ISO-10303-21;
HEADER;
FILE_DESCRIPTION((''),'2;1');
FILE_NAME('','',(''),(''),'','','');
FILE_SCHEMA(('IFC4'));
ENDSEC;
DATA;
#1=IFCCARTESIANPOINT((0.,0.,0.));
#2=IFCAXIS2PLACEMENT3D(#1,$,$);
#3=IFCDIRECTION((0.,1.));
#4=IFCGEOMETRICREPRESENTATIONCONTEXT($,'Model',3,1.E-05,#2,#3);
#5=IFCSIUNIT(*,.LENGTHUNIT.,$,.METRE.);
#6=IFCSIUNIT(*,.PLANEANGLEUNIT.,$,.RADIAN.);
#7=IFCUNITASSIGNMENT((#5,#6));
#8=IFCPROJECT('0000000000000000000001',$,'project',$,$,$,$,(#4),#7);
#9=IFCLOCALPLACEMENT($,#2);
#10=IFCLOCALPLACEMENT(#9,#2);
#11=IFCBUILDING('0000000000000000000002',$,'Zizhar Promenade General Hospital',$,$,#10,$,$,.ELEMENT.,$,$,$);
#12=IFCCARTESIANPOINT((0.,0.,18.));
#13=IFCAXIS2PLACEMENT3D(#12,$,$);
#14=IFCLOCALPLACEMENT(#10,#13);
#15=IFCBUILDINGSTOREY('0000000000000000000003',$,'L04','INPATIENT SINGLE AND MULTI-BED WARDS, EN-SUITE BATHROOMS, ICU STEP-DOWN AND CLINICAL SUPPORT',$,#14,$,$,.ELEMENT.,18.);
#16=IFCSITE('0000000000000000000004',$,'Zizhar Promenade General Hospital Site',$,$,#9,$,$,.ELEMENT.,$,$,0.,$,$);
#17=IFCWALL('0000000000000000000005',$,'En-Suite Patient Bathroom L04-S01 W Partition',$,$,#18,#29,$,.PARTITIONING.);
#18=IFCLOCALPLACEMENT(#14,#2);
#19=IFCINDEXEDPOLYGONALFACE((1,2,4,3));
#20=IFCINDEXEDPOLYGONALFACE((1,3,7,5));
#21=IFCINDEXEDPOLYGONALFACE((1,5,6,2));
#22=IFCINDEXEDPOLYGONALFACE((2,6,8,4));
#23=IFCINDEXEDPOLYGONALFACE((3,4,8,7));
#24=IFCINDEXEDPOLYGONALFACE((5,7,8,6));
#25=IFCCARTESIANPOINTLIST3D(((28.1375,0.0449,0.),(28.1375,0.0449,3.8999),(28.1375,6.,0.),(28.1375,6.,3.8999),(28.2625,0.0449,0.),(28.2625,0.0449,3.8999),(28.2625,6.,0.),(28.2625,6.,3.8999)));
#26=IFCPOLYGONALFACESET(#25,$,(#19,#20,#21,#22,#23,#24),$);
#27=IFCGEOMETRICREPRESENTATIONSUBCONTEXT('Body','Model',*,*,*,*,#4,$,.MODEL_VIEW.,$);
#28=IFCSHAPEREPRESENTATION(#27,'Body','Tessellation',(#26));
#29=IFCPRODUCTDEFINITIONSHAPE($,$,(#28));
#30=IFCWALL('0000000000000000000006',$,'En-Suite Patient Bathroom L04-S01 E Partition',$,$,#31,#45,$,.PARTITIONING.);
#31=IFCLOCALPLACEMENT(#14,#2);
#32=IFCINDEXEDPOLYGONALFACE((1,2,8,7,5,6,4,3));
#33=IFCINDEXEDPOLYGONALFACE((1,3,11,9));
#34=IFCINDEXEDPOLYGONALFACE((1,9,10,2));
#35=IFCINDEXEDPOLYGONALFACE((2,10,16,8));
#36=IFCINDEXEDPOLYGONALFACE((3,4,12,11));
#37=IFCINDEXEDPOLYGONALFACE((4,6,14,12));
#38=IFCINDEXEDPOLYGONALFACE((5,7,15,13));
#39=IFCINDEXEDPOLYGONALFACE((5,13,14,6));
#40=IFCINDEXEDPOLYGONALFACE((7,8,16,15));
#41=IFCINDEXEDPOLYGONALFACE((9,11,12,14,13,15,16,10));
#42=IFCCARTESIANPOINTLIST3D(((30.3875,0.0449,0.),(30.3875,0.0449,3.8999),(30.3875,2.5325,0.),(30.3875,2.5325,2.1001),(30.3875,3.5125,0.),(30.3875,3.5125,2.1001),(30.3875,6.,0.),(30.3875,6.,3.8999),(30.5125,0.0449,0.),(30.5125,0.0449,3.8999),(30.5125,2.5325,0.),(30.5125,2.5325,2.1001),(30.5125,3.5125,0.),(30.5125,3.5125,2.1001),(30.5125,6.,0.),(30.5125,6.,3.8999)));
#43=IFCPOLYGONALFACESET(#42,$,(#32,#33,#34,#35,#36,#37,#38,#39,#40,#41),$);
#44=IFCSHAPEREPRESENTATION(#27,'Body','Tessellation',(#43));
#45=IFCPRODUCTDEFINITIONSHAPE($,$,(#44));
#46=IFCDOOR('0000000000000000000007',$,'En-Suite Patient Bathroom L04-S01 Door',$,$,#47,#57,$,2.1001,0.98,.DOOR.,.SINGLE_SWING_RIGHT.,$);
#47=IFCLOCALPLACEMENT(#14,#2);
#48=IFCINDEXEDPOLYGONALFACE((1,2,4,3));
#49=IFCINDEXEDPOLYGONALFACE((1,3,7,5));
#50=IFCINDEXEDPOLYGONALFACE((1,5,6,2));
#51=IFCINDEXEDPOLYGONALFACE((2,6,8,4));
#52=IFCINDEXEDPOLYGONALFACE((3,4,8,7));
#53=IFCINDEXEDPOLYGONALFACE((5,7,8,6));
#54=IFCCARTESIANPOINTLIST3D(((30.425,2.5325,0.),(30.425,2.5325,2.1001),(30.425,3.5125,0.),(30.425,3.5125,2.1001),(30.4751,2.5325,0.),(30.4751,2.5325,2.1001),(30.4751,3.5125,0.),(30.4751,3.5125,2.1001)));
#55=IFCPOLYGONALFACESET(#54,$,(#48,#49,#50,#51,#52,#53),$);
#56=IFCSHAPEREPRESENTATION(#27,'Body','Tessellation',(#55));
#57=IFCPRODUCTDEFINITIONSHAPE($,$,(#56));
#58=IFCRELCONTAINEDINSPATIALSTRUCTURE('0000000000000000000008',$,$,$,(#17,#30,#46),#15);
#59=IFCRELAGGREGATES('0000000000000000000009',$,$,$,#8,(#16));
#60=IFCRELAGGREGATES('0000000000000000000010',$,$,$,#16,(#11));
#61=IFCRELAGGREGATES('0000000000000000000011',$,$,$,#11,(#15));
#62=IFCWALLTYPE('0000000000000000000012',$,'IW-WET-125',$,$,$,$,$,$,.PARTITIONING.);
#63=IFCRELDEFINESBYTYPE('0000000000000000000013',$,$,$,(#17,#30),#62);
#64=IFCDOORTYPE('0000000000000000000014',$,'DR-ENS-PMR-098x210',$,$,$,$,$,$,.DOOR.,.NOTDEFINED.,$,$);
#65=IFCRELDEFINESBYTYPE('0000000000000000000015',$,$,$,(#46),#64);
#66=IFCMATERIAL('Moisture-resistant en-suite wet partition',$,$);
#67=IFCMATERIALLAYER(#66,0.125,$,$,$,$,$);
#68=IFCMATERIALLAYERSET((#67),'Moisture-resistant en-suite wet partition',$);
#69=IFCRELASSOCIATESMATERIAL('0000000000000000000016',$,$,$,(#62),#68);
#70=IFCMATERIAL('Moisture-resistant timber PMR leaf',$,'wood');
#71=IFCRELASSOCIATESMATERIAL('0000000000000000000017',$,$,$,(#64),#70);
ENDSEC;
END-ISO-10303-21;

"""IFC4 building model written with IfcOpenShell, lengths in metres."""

from ifc_helpers import new_model, si_unit, direction, frame, frame_2d, origin, place, context, subcontext, project, spatial, rectangle, extrude, material, layer, layer_set, type_object, element, fill, save


model = new_model("IFC4")

# Units and contexts
model_context = context("Model", 3, precision=1e-05, world=origin(), true_north=direction((0.0, 1.0)))
body_context = subcontext(model_context, "Body", "Model", "MODEL_VIEW")
ifc_project = project(units=[si_unit("LENGTHUNIT", "METRE"), si_unit("PLANEANGLEUNIT", "RADIAN")], contexts=[model_context])

# Site, building, storey
site_placement = place(None, origin())
site = spatial("IfcSite", under=ifc_project, at=site_placement, Name="Zizhar Promenade General Hospital Site", CompositionType="ELEMENT", RefElevation=0.0)
building_placement = place(site_placement, origin())
building = spatial("IfcBuilding", under=site, at=building_placement, Name="Zizhar Promenade General Hospital", CompositionType="ELEMENT")
storey_placement = place(building_placement, frame((0.0, 0.0, 18.0)))
storey = spatial("IfcBuildingStorey", under=building, at=storey_placement, Name="L04", Description="INPATIENT SINGLE AND MULTI-BED WARDS, EN-SUITE BATHROOMS, ICU STEP-DOWN AND CLINICAL SUPPORT", CompositionType="ELEMENT", Elevation=18.0)

# Wall
ifc_material_1 = material(Name="Moisture-resistant en-suite wet partition")
ifc_layer_1 = layer(ifc_material_1, 0.125)
ifc_layer_set_1 = layer_set([ifc_layer_1], Name="Moisture-resistant en-suite wet partition")
wall_type_1 = type_object("IfcWallType", Name="IW-WET-125", PredefinedType="PARTITIONING", material=ifc_layer_set_1)
wall_1_placement = place(storey_placement, frame((28.2, 0.0449, 0.0), z_axis=(0.0, 0.0, 1.0), x_axis=(0.0, 1.0, 0.0)))
element("IfcWall", 1, at=wall_1_placement, inside=storey, type_object=wall_type_1, Name="En-Suite Patient Bathroom L04-S01 W Partition", PredefinedType="PARTITIONING", context=body_context, shape_type="SweptSolid", body=[
    extrude(rectangle(XDim=5.9551, YDim=0.125, at=frame_2d((2.9775, 0.0))), origin(), (0.0, 0.0, 1.0), 3.8999),
])

# Wall, opening, door
wall_2_placement = place(storey_placement, frame((30.45, 0.0449, 0.0), z_axis=(0.0, 0.0, 1.0), x_axis=(0.0, 1.0, 0.0)))
wall_2 = element("IfcWall", 2, at=wall_2_placement, inside=storey, type_object=wall_type_1, Name="En-Suite Patient Bathroom L04-S01 E Partition", PredefinedType="PARTITIONING", context=body_context, shape_type="SweptSolid", body=[
    extrude(rectangle(XDim=5.9551, YDim=0.125, at=frame_2d((2.9775, 0.0))), origin(), (0.0, 0.0, 1.0), 3.8999),
])
opening_1_placement = place(wall_2_placement, frame((2.4875, 0.0, 0.0)))
opening_1 = element("IfcOpeningElement", 3, at=opening_1_placement, cuts=wall_2, PredefinedType="OPENING", context=body_context, shape_type="SweptSolid", body=[
    extrude(rectangle(XDim=0.98, YDim=2.1001, at=frame_2d((0.49, 1.05))), frame((0.0, 0.0725, 0.0), z_axis=(0.0, -1.0, 0.0), x_axis=(1.0, 0.0, 0.0)), (0.0, 0.0, 1.0), 0.145),
])
ifc_material_2 = material(Name="Moisture-resistant timber PMR leaf", Category="wood")
door_type_1 = type_object("IfcDoorType", Name="DR-ENS-PMR-098x210", OperationType="NOTDEFINED", PredefinedType="DOOR", material=ifc_material_2)
door_1_placement = place(opening_1_placement, origin())
door_1 = element("IfcDoor", 4, at=door_1_placement, inside=storey, type_object=door_type_1, Name="En-Suite Patient Bathroom L04-S01 Door", OperationType="SINGLE_SWING_RIGHT", OverallHeight=2.1001, OverallWidth=0.98, PredefinedType="DOOR", context=body_context, shape_type="SweptSolid", body=[
    extrude(rectangle(XDim=0.98, YDim=2.1001, at=frame_2d((0.49, 1.05))), frame((0.0, 0.0249, 0.0), z_axis=(0.0, -1.0, 0.0), x_axis=(1.0, 0.0, 0.0)), (0.0, 0.0, 1.0), 0.05),
])
fill(opening_1, door_1)

save(model, "model.ifc")
